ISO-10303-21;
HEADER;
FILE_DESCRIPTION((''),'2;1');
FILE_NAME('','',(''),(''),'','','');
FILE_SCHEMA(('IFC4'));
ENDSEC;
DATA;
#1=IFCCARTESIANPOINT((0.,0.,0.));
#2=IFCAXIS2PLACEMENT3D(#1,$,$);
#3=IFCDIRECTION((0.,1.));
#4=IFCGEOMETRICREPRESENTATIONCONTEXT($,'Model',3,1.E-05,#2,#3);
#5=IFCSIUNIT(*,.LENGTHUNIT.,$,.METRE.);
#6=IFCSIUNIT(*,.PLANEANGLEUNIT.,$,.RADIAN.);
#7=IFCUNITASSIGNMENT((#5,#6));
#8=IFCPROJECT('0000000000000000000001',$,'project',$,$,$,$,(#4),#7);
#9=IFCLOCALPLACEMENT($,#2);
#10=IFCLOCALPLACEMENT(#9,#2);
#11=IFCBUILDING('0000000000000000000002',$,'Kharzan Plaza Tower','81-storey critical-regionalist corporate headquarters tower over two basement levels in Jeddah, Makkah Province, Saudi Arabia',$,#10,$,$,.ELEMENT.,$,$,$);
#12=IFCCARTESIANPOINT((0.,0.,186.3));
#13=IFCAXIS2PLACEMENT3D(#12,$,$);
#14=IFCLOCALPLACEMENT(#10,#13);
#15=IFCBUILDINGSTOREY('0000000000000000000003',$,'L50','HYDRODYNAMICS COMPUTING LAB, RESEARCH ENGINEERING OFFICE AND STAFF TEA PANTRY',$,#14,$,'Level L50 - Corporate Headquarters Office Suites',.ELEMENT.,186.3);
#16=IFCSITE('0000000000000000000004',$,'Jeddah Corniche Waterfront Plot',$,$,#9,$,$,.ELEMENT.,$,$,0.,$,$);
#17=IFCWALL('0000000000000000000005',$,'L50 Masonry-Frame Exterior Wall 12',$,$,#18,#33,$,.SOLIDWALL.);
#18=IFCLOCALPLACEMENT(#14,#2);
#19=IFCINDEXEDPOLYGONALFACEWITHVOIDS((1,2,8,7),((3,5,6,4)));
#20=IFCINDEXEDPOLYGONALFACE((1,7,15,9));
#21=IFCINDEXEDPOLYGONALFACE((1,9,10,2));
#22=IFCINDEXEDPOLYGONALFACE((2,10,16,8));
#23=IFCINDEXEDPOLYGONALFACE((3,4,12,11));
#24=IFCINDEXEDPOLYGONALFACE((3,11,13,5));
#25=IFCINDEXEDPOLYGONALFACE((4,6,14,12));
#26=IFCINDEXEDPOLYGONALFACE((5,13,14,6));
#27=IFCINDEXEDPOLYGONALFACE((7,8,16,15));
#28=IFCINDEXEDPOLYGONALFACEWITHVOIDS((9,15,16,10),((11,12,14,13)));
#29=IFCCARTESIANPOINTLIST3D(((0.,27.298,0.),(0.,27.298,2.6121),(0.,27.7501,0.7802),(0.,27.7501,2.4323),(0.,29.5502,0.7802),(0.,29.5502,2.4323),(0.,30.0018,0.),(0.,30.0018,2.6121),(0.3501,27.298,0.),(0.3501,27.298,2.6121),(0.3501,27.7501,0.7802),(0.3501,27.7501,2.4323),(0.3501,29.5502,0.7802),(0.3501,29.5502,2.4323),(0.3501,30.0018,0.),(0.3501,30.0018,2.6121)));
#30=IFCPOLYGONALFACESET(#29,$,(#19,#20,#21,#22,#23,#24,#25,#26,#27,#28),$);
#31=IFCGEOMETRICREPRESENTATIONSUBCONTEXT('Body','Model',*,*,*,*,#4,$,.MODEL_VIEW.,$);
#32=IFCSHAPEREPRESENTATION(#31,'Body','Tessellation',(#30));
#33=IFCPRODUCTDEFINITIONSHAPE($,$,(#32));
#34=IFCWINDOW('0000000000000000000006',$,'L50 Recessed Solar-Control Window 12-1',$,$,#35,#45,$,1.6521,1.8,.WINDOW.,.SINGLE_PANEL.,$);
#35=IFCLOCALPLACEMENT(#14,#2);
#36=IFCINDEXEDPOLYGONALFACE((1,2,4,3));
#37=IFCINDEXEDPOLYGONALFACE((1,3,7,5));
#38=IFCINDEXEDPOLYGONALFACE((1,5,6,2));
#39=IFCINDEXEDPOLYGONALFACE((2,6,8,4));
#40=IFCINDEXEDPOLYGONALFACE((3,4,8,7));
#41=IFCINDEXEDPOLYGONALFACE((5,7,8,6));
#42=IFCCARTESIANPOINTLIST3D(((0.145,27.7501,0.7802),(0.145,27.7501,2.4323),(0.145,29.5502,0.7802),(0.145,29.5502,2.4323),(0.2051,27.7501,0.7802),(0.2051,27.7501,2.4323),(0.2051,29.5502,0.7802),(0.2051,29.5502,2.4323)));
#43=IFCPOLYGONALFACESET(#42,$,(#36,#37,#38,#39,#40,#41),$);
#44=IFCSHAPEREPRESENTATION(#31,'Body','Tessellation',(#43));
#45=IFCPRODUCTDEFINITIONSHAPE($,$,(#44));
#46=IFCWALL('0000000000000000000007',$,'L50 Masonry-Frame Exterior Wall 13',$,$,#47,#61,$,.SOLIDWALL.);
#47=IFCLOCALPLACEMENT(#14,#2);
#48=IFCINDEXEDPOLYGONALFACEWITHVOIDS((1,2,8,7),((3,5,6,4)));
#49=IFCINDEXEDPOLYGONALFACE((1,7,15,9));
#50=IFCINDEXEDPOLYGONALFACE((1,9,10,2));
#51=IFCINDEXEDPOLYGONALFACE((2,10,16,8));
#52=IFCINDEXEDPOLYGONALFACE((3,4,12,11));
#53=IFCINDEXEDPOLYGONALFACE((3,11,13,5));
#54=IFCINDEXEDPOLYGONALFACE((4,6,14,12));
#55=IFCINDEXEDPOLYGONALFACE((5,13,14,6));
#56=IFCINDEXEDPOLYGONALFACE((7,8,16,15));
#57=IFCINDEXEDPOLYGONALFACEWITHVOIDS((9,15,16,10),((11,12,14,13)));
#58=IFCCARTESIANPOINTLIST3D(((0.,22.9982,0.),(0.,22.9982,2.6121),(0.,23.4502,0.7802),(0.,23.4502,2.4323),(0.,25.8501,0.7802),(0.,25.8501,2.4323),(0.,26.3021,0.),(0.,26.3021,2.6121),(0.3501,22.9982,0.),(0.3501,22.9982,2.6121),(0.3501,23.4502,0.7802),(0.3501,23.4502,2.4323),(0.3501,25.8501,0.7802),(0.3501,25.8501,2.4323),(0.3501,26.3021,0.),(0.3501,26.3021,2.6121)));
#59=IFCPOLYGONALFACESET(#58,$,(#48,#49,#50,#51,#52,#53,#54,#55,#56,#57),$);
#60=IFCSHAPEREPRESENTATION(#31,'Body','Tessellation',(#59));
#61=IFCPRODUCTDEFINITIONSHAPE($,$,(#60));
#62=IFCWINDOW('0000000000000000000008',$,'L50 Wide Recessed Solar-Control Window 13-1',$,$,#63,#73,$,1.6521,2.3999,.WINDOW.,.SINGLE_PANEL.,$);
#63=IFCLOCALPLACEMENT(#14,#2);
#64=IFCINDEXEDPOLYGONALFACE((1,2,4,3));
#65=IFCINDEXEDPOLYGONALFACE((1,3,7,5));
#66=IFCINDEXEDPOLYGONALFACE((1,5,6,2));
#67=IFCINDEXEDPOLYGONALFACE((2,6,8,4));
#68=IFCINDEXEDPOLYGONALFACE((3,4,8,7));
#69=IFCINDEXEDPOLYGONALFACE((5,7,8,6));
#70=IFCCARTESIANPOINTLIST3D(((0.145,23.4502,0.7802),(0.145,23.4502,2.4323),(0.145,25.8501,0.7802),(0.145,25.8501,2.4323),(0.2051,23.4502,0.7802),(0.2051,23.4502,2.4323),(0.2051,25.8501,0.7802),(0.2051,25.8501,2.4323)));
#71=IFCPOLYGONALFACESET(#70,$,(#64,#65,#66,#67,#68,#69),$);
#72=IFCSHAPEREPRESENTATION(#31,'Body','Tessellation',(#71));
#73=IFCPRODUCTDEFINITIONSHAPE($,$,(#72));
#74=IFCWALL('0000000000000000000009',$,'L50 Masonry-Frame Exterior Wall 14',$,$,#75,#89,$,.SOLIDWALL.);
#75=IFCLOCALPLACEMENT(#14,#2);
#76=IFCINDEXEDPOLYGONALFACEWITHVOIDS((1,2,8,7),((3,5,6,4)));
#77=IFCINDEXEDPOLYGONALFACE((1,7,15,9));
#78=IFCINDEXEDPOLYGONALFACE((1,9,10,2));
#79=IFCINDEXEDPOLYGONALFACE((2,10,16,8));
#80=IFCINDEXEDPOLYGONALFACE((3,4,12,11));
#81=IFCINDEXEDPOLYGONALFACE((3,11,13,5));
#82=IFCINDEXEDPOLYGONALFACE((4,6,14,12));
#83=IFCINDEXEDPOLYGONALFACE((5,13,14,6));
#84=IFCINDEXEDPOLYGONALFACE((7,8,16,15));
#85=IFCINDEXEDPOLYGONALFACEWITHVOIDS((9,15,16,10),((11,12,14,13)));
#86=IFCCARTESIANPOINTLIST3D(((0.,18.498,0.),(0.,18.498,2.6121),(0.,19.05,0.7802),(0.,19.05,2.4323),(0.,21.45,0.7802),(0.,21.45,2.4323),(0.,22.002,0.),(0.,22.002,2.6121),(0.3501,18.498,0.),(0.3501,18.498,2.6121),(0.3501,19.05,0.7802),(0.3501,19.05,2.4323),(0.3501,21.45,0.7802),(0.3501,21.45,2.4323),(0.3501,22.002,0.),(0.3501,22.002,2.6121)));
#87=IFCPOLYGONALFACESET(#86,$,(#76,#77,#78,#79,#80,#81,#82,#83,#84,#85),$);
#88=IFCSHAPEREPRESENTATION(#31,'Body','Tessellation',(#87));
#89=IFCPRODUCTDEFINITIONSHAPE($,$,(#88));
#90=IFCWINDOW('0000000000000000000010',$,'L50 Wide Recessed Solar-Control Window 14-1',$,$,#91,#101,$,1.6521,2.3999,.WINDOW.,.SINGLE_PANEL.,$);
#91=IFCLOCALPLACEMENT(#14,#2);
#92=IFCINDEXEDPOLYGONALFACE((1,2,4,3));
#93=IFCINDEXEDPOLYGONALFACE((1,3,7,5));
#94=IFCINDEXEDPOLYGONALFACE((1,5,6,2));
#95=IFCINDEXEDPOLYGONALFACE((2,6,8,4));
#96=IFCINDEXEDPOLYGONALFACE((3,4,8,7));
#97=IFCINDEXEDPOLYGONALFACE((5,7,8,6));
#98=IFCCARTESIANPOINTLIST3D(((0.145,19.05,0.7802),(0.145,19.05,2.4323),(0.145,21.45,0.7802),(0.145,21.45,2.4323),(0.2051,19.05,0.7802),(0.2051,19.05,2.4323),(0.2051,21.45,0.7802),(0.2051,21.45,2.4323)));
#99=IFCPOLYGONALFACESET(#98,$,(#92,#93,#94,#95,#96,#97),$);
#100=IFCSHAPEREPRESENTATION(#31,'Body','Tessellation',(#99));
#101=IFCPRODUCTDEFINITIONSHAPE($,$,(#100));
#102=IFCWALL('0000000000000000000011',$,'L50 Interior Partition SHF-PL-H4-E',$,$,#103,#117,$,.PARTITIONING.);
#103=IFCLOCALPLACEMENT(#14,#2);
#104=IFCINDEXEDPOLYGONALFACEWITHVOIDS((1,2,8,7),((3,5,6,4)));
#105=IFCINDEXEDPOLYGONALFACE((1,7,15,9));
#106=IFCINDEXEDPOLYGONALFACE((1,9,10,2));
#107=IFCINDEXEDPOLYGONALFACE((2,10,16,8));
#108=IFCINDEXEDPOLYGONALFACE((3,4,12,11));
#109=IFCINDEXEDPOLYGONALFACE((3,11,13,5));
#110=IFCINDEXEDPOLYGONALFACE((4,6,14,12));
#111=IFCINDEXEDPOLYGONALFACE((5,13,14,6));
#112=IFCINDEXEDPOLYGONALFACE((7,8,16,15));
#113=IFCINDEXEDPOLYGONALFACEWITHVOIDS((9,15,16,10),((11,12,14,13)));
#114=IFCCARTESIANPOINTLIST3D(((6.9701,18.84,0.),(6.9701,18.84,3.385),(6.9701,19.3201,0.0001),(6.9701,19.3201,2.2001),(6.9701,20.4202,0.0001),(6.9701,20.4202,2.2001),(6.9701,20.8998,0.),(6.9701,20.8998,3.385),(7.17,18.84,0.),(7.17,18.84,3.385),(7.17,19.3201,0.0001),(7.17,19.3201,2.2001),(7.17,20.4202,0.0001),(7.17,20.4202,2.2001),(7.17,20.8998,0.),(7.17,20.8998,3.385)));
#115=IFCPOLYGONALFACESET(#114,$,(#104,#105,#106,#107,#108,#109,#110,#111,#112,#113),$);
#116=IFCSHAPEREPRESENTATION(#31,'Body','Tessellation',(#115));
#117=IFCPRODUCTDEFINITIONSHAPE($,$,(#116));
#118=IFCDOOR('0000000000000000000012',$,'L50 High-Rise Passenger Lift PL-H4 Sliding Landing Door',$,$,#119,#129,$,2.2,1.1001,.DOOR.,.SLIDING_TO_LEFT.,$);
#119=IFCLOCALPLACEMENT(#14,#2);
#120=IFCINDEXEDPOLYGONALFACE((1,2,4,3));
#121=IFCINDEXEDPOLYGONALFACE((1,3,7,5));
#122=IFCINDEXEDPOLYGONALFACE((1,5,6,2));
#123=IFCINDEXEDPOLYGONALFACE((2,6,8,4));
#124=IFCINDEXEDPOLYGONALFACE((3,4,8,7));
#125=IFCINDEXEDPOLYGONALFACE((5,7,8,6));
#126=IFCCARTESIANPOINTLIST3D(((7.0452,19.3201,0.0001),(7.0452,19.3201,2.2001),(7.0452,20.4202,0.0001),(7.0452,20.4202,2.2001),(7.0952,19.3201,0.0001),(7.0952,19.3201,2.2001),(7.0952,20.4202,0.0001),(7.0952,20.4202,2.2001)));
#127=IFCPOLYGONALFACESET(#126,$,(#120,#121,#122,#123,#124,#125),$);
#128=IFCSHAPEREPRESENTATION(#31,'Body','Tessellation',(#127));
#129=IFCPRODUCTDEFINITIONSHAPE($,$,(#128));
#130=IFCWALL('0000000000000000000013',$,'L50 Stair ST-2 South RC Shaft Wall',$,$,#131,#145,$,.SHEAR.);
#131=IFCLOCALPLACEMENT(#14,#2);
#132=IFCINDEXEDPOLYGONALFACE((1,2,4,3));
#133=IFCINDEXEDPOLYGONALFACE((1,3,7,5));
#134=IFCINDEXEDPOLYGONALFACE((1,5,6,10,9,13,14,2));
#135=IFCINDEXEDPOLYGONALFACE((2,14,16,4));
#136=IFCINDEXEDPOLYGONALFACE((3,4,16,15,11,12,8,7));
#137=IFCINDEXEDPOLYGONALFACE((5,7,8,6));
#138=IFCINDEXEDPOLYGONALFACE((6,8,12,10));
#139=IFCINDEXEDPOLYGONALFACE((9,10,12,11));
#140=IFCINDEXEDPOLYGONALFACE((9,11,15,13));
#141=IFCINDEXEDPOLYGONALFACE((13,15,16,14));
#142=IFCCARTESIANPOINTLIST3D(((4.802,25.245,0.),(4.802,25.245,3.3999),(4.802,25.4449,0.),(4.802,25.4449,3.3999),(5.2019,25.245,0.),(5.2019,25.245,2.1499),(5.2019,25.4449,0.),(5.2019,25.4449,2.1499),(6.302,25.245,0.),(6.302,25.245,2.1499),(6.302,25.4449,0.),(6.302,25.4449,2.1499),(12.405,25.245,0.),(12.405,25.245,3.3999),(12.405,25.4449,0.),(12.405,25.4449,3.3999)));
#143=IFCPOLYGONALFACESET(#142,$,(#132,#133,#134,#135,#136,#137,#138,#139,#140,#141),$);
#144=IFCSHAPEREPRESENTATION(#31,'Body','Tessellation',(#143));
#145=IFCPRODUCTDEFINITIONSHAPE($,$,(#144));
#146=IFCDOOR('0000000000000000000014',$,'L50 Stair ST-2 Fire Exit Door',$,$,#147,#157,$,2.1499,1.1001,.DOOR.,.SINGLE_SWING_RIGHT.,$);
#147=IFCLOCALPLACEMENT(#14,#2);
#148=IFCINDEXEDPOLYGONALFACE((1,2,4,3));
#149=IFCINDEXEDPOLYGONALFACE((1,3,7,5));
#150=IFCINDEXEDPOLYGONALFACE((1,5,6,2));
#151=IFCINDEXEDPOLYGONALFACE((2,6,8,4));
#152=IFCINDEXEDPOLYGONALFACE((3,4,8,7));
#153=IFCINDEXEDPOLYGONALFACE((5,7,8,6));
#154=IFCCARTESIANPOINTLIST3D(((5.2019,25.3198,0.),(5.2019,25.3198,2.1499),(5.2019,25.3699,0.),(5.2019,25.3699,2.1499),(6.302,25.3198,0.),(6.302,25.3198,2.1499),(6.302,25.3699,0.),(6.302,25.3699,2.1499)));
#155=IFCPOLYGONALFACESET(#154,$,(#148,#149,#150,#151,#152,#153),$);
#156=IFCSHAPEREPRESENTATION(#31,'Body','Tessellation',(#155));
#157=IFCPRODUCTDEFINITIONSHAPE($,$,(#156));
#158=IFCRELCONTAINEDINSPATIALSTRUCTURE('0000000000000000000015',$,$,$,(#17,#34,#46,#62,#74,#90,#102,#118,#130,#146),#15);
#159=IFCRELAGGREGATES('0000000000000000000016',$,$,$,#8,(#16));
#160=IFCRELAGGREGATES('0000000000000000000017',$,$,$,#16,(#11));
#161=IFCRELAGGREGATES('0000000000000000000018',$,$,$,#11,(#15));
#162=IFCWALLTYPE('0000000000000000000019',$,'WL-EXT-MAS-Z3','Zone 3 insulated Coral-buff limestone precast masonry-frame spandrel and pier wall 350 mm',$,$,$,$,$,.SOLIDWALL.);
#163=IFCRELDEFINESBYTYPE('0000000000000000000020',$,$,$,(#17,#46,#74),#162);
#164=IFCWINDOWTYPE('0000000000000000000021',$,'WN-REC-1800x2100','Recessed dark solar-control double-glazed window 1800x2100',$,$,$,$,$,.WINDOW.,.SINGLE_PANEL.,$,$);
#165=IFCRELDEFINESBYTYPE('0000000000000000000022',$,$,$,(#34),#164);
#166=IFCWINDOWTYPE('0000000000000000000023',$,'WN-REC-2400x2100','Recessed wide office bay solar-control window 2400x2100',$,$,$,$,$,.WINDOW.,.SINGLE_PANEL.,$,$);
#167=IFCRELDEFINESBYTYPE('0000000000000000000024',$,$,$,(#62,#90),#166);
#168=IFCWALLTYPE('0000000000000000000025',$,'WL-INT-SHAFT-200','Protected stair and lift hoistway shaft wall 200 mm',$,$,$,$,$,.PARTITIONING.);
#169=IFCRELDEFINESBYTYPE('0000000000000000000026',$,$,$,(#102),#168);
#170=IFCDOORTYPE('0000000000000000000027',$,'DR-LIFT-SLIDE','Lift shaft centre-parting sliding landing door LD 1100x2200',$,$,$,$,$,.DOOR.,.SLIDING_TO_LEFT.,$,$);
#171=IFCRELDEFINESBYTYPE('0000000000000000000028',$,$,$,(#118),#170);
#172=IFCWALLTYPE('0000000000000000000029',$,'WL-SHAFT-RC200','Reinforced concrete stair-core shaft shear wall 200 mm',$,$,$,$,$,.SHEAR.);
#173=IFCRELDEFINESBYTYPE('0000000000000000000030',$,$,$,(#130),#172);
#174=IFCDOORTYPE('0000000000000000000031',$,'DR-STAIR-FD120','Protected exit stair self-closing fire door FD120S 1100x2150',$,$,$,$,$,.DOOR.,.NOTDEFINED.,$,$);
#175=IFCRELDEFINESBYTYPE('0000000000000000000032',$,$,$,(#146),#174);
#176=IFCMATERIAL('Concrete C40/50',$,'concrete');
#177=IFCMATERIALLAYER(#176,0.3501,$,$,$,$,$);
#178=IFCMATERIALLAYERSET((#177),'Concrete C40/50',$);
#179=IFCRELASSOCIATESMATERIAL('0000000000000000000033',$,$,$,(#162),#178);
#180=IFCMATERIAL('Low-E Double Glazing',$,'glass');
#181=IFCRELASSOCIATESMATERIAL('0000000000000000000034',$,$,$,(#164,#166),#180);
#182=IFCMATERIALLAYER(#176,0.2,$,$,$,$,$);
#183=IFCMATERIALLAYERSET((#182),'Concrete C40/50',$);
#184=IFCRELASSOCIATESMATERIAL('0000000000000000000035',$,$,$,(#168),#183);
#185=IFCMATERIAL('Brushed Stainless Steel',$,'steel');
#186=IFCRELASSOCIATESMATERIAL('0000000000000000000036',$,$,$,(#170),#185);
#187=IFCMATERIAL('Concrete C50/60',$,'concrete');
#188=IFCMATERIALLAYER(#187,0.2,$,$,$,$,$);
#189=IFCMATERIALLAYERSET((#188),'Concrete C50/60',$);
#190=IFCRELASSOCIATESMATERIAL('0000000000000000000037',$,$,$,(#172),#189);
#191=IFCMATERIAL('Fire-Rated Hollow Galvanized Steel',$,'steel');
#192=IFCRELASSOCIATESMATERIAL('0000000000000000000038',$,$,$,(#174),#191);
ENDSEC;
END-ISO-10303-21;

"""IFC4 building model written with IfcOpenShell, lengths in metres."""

from ifc_helpers import new_model, si_unit, direction, frame, frame_2d, origin, place, context, subcontext, project, spatial, rectangle, extrude, source, transform, mapped, material, layer, layer_set, type_object, element, fill, save


model = new_model("IFC4")

# Units and contexts
model_context = context("Model", 3, precision=1e-05, world=origin(), true_north=direction((0.0, 1.0)))
body_context = subcontext(model_context, "Body", "Model", "MODEL_VIEW")
ifc_project = project(units=[si_unit("LENGTHUNIT", "METRE"), si_unit("PLANEANGLEUNIT", "RADIAN")], contexts=[model_context])

# Site, building, storey
site_placement = place(None, origin())
site = spatial("IfcSite", under=ifc_project, at=site_placement, Name="Jeddah Corniche Waterfront Plot", CompositionType="ELEMENT", RefElevation=0.0)
building_placement = place(site_placement, origin())
building = spatial("IfcBuilding", under=site, at=building_placement, Name="Kharzan Plaza Tower", Description="81-storey critical-regionalist corporate headquarters tower over two basement levels in Jeddah, Makkah Province, Saudi Arabia", CompositionType="ELEMENT")
storey_placement = place(building_placement, frame((0.0, 0.0, 186.3)))
storey = spatial("IfcBuildingStorey", under=building, at=storey_placement, Name="L50", Description="HYDRODYNAMICS COMPUTING LAB, RESEARCH ENGINEERING OFFICE AND STAFF TEA PANTRY", LongName="Level L50 - Corporate Headquarters Office Suites", CompositionType="ELEMENT", Elevation=186.3)

# Shared definitions
ifc_material_1 = material(Name="Concrete C50/60", Category="concrete")

# Walls, openings, windows
ifc_material_2 = material(Name="Concrete C40/50", Category="concrete")
ifc_layer_1 = layer(ifc_material_2, 0.3501)
ifc_layer_set_1 = layer_set([ifc_layer_1], Name="Concrete C40/50")
wall_type_1 = type_object("IfcWallType", Name="WL-EXT-MAS-Z3", Description="Zone 3 insulated Coral-buff limestone precast masonry-frame spandrel and pier wall 350 mm", PredefinedType="SOLIDWALL", material=ifc_layer_set_1)
wall_1_placement = place(storey_placement, frame((0.175, 30.002, 0.0), z_axis=(0.0, 0.0, 1.0), x_axis=(0.0, -1.0, 0.0)))
wall_1 = element("IfcWall", 1, at=wall_1_placement, inside=storey, type_object=wall_type_1, Name="L50 Masonry-Frame Exterior Wall 12", PredefinedType="SOLIDWALL", context=body_context, shape_type="SweptSolid", body=[
    extrude(rectangle(XDim=2.7039, YDim=0.3501, at=frame_2d((1.3521, 0.0))), origin(), (0.0, 0.0, 1.0), 2.6121),
])
opening_1_placement = place(wall_1_placement, frame((0.4519, 0.0, 0.78)))
opening_1 = element("IfcOpeningElement", 2, at=opening_1_placement, cuts=wall_1, PredefinedType="OPENING", context=body_context, shape_type="SweptSolid", body=[
    extrude(rectangle(XDim=1.8, YDim=1.6521, at=frame_2d((0.8999, 0.8262))), frame((0.0, 0.1851, 0.0), z_axis=(0.0, -1.0, 0.0), x_axis=(1.0, 0.0, 0.0)), (0.0, 0.0, 1.0), 0.3701),
])
ifc_material_3 = material(Name="Low-E Double Glazing", Category="glass")
window_type_1 = type_object("IfcWindowType", Name="WN-REC-1800x2100", Description="Recessed dark solar-control double-glazed window 1800x2100", PartitioningType="SINGLE_PANEL", PredefinedType="WINDOW", material=ifc_material_3)
shared_shape_1 = source(origin(), body_context, "Body", "SweptSolid", [
    extrude(rectangle(XDim=1.8, YDim=1.6521, at=frame_2d((0.8999, 0.8262))), frame((0.0, 0.03, 0.0), z_axis=(0.0, -1.0, 0.0), x_axis=(1.0, 0.0, 0.0)), (0.0, 0.0, 1.0), 0.0601),
])
window_1_placement = place(opening_1_placement, origin())
window_1 = element("IfcWindow", 3, at=window_1_placement, inside=storey, type_object=window_type_1, Name="L50 Recessed Solar-Control Window 12-1", OverallHeight=1.6521, OverallWidth=1.8, PartitioningType="SINGLE_PANEL", PredefinedType="WINDOW", context=body_context, shape_type="MappedRepresentation", body=[
    mapped(shared_shape_1, transform((0.0, 0.0, 0.0), x_axis=(1.0, 0.0, 0.0), y_axis=(0.0, 1.0, 0.0), z_axis=(0.0, 0.0, 1.0))),
])
fill(opening_1, window_1)
wall_2_placement = place(storey_placement, frame((0.175, 26.302, 0.0), z_axis=(0.0, 0.0, 1.0), x_axis=(0.0, -1.0, 0.0)))
wall_2 = element("IfcWall", 4, at=wall_2_placement, inside=storey, type_object=wall_type_1, Name="L50 Masonry-Frame Exterior Wall 13", PredefinedType="SOLIDWALL", context=body_context, shape_type="SweptSolid", body=[
    extrude(rectangle(XDim=3.304, YDim=0.3501, at=frame_2d((1.6519, 0.0))), origin(), (0.0, 0.0, 1.0), 2.6121),
])
opening_2_placement = place(wall_2_placement, frame((0.4519, 0.0, 0.78)))
opening_2 = element("IfcOpeningElement", 5, at=opening_2_placement, cuts=wall_2, PredefinedType="OPENING", context=body_context, shape_type="SweptSolid", body=[
    extrude(rectangle(XDim=2.3999, YDim=1.6521, at=frame_2d((1.2, 0.8262))), frame((0.0, 0.1851, 0.0), z_axis=(0.0, -1.0, 0.0), x_axis=(1.0, 0.0, 0.0)), (0.0, 0.0, 1.0), 0.3701),
])
window_type_2 = type_object("IfcWindowType", Name="WN-REC-2400x2100", Description="Recessed wide office bay solar-control window 2400x2100", PartitioningType="SINGLE_PANEL", PredefinedType="WINDOW", material=ifc_material_3)
shared_shape_2 = source(origin(), body_context, "Body", "SweptSolid", [
    extrude(rectangle(XDim=2.3999, YDim=1.6521, at=frame_2d((1.2, 0.8262))), frame((0.0, 0.03, 0.0), z_axis=(0.0, -1.0, 0.0), x_axis=(1.0, 0.0, 0.0)), (0.0, 0.0, 1.0), 0.0601),
])
window_2_placement = place(opening_2_placement, origin())
window_2 = element("IfcWindow", 6, at=window_2_placement, inside=storey, type_object=window_type_2, Name="L50 Wide Recessed Solar-Control Window 13-1", OverallHeight=1.6521, OverallWidth=2.3999, PartitioningType="SINGLE_PANEL", PredefinedType="WINDOW", context=body_context, shape_type="MappedRepresentation", body=[
    mapped(shared_shape_2, transform((0.0, 0.0, 0.0), x_axis=(1.0, 0.0, 0.0), y_axis=(0.0, 1.0, 0.0), z_axis=(0.0, 0.0, 1.0))),
])
fill(opening_2, window_2)
wall_3_placement = place(storey_placement, frame((0.175, 22.002, 0.0), z_axis=(0.0, 0.0, 1.0), x_axis=(0.0, -1.0, 0.0)))
wall_3 = element("IfcWall", 7, at=wall_3_placement, inside=storey, type_object=wall_type_1, Name="L50 Masonry-Frame Exterior Wall 14", PredefinedType="SOLIDWALL", context=body_context, shape_type="SweptSolid", body=[
    extrude(rectangle(XDim=3.5039, YDim=0.3501, at=frame_2d((1.752, 0.0))), origin(), (0.0, 0.0, 1.0), 2.6121),
])
opening_3_placement = place(wall_3_placement, frame((0.552, 0.0, 0.78)))
opening_3 = element("IfcOpeningElement", 8, at=opening_3_placement, cuts=wall_3, PredefinedType="OPENING", context=body_context, shape_type="SweptSolid", body=[
    extrude(rectangle(XDim=2.3999, YDim=1.6521, at=frame_2d((1.2, 0.8262))), frame((0.0, 0.1851, 0.0), z_axis=(0.0, -1.0, 0.0), x_axis=(1.0, 0.0, 0.0)), (0.0, 0.0, 1.0), 0.3701),
])
window_3_placement = place(opening_3_placement, origin())
window_3 = element("IfcWindow", 9, at=window_3_placement, inside=storey, type_object=window_type_2, Name="L50 Wide Recessed Solar-Control Window 14-1", OverallHeight=1.6521, OverallWidth=2.3999, PartitioningType="SINGLE_PANEL", PredefinedType="WINDOW", context=body_context, shape_type="MappedRepresentation", body=[
    mapped(shared_shape_2, transform((0.0, 0.0, 0.0), x_axis=(1.0, 0.0, 0.0), y_axis=(0.0, 1.0, 0.0), z_axis=(0.0, 0.0, 1.0))),
])
fill(opening_3, window_3)

# Walls, openings, doors
ifc_layer_2 = layer(ifc_material_2, 0.2)
ifc_layer_set_2 = layer_set([ifc_layer_2], Name="Concrete C40/50")
wall_type_2 = type_object("IfcWallType", Name="WL-INT-SHAFT-200", Description="Protected stair and lift hoistway shaft wall 200 mm", PredefinedType="PARTITIONING", material=ifc_layer_set_2)
wall_4_placement = place(storey_placement, frame((7.0701, 18.8401, 0.0), z_axis=(0.0, 0.0, 1.0), x_axis=(0.0, 1.0, 0.0)))
wall_4 = element("IfcWall", 10, at=wall_4_placement, inside=storey, type_object=wall_type_2, Name="L50 Interior Partition SHF-PL-H4-E", PredefinedType="PARTITIONING", context=body_context, shape_type="SweptSolid", body=[
    extrude(rectangle(XDim=2.0598, YDim=0.2, at=frame_2d((1.0298, 0.0))), origin(), (0.0, 0.0, 1.0), 3.385),
])
opening_4_placement = place(wall_4_placement, frame((0.48, 0.0, 0.0)))
opening_4 = element("IfcOpeningElement", 11, at=opening_4_placement, cuts=wall_4, PredefinedType="OPENING", context=body_context, shape_type="SweptSolid", body=[
    extrude(rectangle(XDim=1.1001, YDim=2.2, at=frame_2d((0.55, 1.1001))), frame((0.0, 0.1099, 0.0), z_axis=(0.0, -1.0, 0.0), x_axis=(1.0, 0.0, 0.0)), (0.0, 0.0, 1.0), 0.22),
])
ifc_material_4 = material(Name="Brushed Stainless Steel", Category="steel")
door_type_1 = type_object("IfcDoorType", Name="DR-LIFT-SLIDE", Description="Lift shaft centre-parting sliding landing door LD 1100x2200", OperationType="SLIDING_TO_LEFT", PredefinedType="DOOR", material=ifc_material_4)
shared_shape_3 = source(origin(), body_context, "Body", "SweptSolid", [
    extrude(rectangle(XDim=1.1001, YDim=2.2, at=frame_2d((0.55, 1.1001))), frame((0.0, 0.0249, 0.0), z_axis=(0.0, -1.0, 0.0), x_axis=(1.0, 0.0, 0.0)), (0.0, 0.0, 1.0), 0.05),
])
door_1_placement = place(opening_4_placement, origin())
door_1 = element("IfcDoor", 12, at=door_1_placement, inside=storey, type_object=door_type_1, Name="L50 High-Rise Passenger Lift PL-H4 Sliding Landing Door", OperationType="SLIDING_TO_LEFT", OverallHeight=2.2, OverallWidth=1.1001, PredefinedType="DOOR", context=body_context, shape_type="MappedRepresentation", body=[
    mapped(shared_shape_3, transform((0.0, 0.0, 0.0), x_axis=(1.0, 0.0, 0.0), y_axis=(0.0, 1.0, 0.0), z_axis=(0.0, 0.0, 1.0))),
])
fill(opening_4, door_1)
ifc_layer_3 = layer(ifc_material_1, 0.2)
ifc_layer_set_3 = layer_set([ifc_layer_3], Name="Concrete C50/60")
wall_type_3 = type_object("IfcWallType", Name="WL-SHAFT-RC200", Description="Reinforced concrete stair-core shaft shear wall 200 mm", PredefinedType="SHEAR", material=ifc_layer_set_3)
wall_5_placement = place(storey_placement, frame((4.802, 25.345, 0.0), z_axis=(0.0, 0.0, 1.0), x_axis=(1.0, 0.0, 0.0)))
wall_5 = element("IfcWall", 13, at=wall_5_placement, inside=storey, type_object=wall_type_3, Name="L50 Stair ST-2 South RC Shaft Wall", PredefinedType="SHEAR", context=body_context, shape_type="SweptSolid", body=[
    extrude(rectangle(XDim=7.603, YDim=0.2, at=frame_2d((3.8015, 0.0))), origin(), (0.0, 0.0, 1.0), 3.3999),
])
opening_5_placement = place(wall_5_placement, frame((0.3999, 0.0, 0.0)))
opening_5 = element("IfcOpeningElement", 14, at=opening_5_placement, cuts=wall_5, PredefinedType="OPENING", context=body_context, shape_type="SweptSolid", body=[
    extrude(rectangle(XDim=1.1001, YDim=2.1499, at=frame_2d((0.55, 1.075))), frame((0.0, 0.1099, 0.0), z_axis=(0.0, -1.0, 0.0), x_axis=(1.0, 0.0, 0.0)), (0.0, 0.0, 1.0), 0.22),
])
ifc_material_5 = material(Name="Fire-Rated Hollow Galvanized Steel", Category="steel")
door_type_2 = type_object("IfcDoorType", Name="DR-STAIR-FD120", Description="Protected exit stair self-closing fire door FD120S 1100x2150", OperationType="NOTDEFINED", PredefinedType="DOOR", material=ifc_material_5)
shared_shape_4 = source(origin(), body_context, "Body", "SweptSolid", [
    extrude(rectangle(XDim=1.1001, YDim=2.1499, at=frame_2d((0.55, 1.075))), frame((0.0, 0.0249, 0.0), z_axis=(0.0, -1.0, 0.0), x_axis=(1.0, 0.0, 0.0)), (0.0, 0.0, 1.0), 0.05),
])
door_2_placement = place(opening_5_placement, origin())
door_2 = element("IfcDoor", 15, at=door_2_placement, inside=storey, type_object=door_type_2, Name="L50 Stair ST-2 Fire Exit Door", OperationType="SINGLE_SWING_RIGHT", OverallHeight=2.1499, OverallWidth=1.1001, PredefinedType="DOOR", context=body_context, shape_type="MappedRepresentation", body=[
    mapped(shared_shape_4, transform((0.0, 0.0, 0.0), x_axis=(1.0, 0.0, 0.0), y_axis=(0.0, 1.0, 0.0), z_axis=(0.0, 0.0, 1.0))),
])
fill(opening_5, door_2)

save(model, "model.ifc")
